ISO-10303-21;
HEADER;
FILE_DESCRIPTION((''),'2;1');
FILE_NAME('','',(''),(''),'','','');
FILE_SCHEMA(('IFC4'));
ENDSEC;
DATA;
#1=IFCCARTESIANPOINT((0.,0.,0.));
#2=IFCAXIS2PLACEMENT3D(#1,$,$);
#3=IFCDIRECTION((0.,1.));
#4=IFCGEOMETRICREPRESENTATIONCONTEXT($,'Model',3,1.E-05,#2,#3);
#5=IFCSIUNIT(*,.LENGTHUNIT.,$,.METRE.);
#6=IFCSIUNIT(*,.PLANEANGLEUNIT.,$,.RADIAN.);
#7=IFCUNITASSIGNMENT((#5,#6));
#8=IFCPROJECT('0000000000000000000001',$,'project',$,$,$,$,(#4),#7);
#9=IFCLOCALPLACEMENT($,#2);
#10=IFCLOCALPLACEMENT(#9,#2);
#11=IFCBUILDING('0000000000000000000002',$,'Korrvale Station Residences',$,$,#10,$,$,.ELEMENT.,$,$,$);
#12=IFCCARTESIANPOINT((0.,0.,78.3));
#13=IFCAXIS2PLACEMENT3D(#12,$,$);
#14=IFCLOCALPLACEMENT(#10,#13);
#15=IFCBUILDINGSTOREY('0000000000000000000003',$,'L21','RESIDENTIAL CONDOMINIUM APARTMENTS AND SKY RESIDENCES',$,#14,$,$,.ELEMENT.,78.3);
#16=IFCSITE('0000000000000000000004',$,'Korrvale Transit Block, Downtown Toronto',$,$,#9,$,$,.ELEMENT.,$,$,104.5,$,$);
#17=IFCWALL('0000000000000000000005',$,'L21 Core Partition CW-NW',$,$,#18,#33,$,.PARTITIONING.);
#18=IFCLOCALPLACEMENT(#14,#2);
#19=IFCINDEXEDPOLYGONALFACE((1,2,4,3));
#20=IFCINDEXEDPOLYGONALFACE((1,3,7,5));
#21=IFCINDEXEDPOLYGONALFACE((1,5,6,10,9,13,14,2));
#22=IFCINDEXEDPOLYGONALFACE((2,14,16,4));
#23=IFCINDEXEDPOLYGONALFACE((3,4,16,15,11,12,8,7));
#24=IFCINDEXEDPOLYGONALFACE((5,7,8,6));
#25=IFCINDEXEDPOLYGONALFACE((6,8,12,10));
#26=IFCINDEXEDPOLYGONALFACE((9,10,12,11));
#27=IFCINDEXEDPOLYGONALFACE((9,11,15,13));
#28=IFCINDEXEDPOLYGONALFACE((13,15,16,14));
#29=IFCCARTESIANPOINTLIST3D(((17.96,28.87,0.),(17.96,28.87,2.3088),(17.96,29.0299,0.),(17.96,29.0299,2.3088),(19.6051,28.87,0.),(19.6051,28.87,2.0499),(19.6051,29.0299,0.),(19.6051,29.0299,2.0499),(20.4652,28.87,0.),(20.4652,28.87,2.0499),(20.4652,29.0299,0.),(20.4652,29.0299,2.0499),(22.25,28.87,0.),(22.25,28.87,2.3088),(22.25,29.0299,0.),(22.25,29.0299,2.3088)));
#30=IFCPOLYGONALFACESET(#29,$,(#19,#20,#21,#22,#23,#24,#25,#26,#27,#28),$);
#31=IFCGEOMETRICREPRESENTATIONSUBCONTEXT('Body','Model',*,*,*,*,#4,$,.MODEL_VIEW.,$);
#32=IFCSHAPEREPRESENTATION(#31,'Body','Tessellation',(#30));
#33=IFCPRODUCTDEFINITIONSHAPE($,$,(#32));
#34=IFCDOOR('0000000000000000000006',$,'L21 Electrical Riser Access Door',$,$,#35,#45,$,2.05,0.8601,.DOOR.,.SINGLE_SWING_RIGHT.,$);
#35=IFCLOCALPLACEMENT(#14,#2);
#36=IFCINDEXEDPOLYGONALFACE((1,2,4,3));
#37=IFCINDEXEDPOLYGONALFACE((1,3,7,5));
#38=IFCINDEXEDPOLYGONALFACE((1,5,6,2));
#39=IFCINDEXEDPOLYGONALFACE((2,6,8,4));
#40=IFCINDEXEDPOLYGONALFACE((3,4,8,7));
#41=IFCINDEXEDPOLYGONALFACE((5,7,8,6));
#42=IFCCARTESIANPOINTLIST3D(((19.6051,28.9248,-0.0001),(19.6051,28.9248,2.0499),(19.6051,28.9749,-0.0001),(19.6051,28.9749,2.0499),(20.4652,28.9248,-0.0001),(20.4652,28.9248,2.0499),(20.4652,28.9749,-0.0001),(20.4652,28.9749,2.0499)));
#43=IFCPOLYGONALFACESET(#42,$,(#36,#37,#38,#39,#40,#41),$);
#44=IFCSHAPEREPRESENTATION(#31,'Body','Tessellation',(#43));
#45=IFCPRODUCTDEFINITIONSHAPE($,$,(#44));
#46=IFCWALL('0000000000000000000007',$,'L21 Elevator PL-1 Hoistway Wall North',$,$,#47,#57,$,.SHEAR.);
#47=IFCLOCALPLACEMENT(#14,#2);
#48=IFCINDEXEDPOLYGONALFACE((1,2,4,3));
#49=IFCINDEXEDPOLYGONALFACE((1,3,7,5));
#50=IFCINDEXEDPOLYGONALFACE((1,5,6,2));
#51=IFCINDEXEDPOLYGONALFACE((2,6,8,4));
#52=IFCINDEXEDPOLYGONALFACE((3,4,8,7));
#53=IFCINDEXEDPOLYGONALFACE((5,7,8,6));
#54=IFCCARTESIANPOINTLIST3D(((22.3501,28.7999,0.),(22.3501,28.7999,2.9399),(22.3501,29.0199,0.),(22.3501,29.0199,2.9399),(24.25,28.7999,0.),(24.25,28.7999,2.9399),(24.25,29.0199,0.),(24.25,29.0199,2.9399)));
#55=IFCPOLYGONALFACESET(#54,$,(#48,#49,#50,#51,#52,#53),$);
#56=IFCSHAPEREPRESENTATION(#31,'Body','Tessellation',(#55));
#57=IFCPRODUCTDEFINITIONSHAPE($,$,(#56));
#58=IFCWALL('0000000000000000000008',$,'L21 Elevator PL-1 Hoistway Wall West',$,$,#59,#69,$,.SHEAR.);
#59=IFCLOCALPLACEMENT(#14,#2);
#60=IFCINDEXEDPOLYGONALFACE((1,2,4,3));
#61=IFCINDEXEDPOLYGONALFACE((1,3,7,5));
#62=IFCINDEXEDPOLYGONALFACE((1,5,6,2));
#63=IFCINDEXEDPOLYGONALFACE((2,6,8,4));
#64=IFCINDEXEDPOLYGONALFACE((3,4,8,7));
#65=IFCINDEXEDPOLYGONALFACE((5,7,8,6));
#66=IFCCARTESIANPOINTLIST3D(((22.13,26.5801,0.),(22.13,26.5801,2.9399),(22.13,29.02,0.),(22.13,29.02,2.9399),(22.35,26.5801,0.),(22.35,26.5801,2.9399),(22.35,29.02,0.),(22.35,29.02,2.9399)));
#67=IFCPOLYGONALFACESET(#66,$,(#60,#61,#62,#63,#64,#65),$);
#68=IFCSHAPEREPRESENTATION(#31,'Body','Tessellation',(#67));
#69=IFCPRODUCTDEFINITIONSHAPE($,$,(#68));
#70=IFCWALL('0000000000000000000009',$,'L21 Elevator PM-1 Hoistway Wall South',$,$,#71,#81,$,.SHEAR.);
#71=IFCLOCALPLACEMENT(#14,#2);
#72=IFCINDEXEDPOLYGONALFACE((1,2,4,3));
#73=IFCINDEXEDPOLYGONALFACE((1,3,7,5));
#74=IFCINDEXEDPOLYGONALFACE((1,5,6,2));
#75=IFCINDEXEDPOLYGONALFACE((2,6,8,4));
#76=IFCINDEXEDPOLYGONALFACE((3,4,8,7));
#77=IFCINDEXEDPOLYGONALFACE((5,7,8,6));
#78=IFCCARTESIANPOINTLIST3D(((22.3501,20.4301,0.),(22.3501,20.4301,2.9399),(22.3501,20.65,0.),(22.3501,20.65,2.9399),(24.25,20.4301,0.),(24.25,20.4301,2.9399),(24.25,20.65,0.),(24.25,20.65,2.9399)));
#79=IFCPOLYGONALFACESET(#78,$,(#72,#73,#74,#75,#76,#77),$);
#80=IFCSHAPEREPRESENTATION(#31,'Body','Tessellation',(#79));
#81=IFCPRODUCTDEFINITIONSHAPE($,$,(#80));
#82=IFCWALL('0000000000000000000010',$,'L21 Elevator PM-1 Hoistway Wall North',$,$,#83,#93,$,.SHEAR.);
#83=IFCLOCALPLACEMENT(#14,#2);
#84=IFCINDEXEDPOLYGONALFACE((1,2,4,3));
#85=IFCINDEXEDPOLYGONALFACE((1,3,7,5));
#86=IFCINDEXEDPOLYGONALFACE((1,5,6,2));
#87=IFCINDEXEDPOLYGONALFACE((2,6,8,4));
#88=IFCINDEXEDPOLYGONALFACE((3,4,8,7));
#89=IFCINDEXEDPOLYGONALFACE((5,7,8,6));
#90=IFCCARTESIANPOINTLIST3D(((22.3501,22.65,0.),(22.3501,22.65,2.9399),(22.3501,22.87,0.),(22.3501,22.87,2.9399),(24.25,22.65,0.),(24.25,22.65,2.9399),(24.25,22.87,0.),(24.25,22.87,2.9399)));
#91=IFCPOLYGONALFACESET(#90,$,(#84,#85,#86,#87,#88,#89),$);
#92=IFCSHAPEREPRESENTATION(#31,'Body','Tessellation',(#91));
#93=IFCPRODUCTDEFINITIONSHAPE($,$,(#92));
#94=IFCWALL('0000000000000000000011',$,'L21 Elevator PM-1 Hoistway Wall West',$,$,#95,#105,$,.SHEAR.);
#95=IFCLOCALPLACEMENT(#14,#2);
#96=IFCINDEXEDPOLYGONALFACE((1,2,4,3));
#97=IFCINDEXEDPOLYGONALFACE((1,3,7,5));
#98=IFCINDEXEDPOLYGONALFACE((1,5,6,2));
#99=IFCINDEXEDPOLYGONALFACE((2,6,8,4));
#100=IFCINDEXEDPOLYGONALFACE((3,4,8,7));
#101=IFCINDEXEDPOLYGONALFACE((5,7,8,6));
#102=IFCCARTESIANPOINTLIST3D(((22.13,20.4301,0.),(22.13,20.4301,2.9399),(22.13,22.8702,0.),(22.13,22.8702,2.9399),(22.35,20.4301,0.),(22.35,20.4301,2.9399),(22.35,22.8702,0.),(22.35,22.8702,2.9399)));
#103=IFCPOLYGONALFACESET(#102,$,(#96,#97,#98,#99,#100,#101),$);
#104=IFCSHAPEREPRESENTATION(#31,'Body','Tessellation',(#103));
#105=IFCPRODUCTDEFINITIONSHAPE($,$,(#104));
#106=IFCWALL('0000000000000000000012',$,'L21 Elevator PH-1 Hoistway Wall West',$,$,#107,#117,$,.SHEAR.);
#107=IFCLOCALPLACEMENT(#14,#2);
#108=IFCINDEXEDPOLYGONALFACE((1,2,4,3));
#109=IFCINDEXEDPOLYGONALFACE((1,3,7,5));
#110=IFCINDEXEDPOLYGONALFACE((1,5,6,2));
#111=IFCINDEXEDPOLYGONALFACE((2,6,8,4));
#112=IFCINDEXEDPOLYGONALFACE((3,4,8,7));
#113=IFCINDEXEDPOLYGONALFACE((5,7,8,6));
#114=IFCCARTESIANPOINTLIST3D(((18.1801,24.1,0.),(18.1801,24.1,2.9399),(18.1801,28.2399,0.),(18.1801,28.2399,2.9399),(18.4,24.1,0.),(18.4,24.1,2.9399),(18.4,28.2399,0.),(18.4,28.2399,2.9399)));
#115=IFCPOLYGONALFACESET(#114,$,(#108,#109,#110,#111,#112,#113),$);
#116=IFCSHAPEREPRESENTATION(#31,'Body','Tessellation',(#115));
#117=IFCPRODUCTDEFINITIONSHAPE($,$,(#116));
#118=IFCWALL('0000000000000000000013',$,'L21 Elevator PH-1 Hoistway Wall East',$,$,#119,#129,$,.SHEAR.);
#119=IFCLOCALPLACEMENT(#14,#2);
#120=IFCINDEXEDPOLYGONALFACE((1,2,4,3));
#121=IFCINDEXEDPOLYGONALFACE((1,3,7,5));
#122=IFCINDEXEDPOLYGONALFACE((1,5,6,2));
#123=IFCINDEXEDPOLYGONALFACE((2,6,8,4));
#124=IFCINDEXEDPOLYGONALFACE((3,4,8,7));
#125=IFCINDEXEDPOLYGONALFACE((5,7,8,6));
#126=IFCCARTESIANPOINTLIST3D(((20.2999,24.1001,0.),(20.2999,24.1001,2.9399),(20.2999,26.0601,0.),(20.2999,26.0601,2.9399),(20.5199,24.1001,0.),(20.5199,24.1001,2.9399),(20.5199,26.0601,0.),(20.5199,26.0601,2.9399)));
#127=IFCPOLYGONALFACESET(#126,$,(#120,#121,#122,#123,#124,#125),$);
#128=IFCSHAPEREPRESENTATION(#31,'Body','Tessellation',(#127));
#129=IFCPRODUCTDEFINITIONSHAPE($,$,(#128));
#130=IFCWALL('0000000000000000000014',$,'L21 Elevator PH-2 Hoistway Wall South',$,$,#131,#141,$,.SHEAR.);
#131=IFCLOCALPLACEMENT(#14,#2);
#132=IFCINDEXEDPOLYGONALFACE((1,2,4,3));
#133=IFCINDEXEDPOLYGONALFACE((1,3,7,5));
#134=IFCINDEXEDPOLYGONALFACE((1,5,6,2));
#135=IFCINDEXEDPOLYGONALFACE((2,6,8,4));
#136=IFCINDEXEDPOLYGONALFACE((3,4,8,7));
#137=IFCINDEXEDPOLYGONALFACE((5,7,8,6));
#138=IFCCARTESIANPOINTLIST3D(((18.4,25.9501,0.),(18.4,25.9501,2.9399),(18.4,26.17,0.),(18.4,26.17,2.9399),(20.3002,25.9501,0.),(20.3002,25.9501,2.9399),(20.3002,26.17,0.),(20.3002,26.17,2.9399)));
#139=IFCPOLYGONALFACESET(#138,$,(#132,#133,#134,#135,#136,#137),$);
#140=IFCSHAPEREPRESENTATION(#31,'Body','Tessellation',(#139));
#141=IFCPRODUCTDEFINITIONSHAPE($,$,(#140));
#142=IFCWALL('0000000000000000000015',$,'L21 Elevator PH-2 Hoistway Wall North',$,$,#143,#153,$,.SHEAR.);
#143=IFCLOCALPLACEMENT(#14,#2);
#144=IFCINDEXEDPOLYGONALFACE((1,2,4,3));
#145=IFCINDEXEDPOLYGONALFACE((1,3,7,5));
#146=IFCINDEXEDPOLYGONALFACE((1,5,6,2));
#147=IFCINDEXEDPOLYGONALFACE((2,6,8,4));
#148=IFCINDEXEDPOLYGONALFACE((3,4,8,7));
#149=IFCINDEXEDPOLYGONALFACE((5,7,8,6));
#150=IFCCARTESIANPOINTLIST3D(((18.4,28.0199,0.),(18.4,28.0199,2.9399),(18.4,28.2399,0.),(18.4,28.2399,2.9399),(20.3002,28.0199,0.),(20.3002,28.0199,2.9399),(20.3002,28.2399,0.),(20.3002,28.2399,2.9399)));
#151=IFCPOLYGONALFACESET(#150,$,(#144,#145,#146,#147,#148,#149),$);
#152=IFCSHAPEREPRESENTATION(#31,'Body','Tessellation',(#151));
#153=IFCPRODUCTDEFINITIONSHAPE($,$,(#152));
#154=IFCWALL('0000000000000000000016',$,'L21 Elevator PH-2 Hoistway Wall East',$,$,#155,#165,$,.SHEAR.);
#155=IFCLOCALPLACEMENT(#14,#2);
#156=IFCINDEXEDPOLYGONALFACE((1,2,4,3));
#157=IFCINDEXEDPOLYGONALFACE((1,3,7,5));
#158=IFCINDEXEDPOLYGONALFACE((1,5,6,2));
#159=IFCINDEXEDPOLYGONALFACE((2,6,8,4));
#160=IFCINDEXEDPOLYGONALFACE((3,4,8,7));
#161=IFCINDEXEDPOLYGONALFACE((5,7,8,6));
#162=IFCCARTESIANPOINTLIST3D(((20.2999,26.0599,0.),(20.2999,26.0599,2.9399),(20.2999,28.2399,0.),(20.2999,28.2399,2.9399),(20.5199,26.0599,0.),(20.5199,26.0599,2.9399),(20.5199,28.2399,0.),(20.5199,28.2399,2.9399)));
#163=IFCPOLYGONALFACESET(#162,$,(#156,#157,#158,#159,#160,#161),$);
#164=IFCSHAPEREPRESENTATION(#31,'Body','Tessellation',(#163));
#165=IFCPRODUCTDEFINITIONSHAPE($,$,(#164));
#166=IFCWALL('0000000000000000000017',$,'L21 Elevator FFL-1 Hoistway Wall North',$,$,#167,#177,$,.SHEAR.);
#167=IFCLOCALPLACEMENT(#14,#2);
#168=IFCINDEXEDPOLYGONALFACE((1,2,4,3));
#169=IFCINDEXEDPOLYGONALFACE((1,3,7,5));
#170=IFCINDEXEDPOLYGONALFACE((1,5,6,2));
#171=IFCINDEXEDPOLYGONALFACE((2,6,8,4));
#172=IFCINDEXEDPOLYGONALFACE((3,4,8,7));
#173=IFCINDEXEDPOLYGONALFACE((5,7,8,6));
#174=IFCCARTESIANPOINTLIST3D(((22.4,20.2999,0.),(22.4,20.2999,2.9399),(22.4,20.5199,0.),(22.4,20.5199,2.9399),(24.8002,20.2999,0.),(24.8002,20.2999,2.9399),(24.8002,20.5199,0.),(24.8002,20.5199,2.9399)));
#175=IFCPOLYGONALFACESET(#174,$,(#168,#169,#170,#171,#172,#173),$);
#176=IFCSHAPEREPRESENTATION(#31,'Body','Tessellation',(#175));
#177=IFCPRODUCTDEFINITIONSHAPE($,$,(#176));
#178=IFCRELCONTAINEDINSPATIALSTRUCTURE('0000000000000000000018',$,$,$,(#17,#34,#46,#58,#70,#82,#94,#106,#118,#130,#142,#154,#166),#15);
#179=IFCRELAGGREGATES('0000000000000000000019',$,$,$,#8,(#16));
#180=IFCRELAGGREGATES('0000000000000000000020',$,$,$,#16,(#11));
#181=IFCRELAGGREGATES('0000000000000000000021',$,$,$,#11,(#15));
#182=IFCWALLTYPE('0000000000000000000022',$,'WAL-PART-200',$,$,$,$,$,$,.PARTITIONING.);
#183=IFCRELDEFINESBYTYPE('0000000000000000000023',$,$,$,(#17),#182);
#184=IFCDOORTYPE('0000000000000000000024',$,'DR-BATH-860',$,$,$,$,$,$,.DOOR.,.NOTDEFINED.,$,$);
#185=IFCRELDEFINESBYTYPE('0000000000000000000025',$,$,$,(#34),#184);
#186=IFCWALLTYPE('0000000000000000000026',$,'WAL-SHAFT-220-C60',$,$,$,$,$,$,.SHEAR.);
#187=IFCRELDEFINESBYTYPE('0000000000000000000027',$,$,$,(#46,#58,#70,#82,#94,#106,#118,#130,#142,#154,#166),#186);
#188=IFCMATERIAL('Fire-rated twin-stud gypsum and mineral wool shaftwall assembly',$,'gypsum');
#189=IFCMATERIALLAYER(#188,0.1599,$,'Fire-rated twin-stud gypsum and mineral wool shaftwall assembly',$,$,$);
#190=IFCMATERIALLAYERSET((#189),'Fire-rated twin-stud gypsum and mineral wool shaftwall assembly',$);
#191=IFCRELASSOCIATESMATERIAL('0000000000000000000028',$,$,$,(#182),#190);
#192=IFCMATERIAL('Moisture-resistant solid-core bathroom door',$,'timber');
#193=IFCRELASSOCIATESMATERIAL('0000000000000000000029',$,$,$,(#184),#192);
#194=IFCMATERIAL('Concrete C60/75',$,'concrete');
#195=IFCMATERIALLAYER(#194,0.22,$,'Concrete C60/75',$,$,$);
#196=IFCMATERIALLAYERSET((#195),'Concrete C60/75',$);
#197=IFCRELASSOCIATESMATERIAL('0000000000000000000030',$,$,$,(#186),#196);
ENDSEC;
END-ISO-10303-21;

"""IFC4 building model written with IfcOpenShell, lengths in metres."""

from ifc_helpers import new_model, si_unit, direction, frame, frame_2d, origin, place, context, subcontext, project, spatial, rectangle, extrude, material, layer, layer_set, type_object, element, fill, save


model = new_model("IFC4")

# Units and contexts
model_context = context("Model", 3, precision=1e-05, world=origin(), true_north=direction((0.0, 1.0)))
body_context = subcontext(model_context, "Body", "Model", "MODEL_VIEW")
ifc_project = project(units=[si_unit("LENGTHUNIT", "METRE"), si_unit("PLANEANGLEUNIT", "RADIAN")], contexts=[model_context])

# Site, building, storey
site_placement = place(None, origin())
site = spatial("IfcSite", under=ifc_project, at=site_placement, Name="Korrvale Transit Block, Downtown Toronto", CompositionType="ELEMENT", RefElevation=104.5)
building_placement = place(site_placement, origin())
building = spatial("IfcBuilding", under=site, at=building_placement, Name="Korrvale Station Residences", CompositionType="ELEMENT")
storey_placement = place(building_placement, frame((0.0, 0.0, 78.3)))
storey = spatial("IfcBuildingStorey", under=building, at=storey_placement, Name="L21", Description="RESIDENTIAL CONDOMINIUM APARTMENTS AND SKY RESIDENCES", CompositionType="ELEMENT", Elevation=78.3)

# Shared definitions
ifc_material_1 = material(Name="Concrete C60/75", Category="concrete")

# Shared definitions
ifc_material_2 = material(Name="Fire-rated twin-stud gypsum and mineral wool shaftwall assembly", Category="gypsum")
ifc_layer_1 = layer(ifc_material_2, 0.1599, Name="Fire-rated twin-stud gypsum and mineral wool shaftwall assembly")
ifc_layer_set_1 = layer_set([ifc_layer_1], Name="Fire-rated twin-stud gypsum and mineral wool shaftwall assembly")
wall_type_1 = type_object("IfcWallType", Name="WAL-PART-200", PredefinedType="PARTITIONING", material=ifc_layer_set_1)

# Wall, opening, door
wall_1_placement = place(storey_placement, frame((17.96, 28.95, 0.0), z_axis=(0.0, 0.0, 1.0), x_axis=(1.0, 0.0, 0.0)))
wall_1 = element("IfcWall", 1, at=wall_1_placement, inside=storey, type_object=wall_type_1, Name="L21 Core Partition CW-NW", PredefinedType="PARTITIONING", context=body_context, shape_type="SweptSolid", body=[
    extrude(rectangle(XDim=4.29, YDim=0.1599, at=frame_2d((2.145, 0.0))), origin(), (0.0, 0.0, 1.0), 2.3088),
])
opening_1_placement = place(wall_1_placement, frame((1.645, 0.0, 0.0)))
opening_1 = element("IfcOpeningElement", 2, at=opening_1_placement, cuts=wall_1, PredefinedType="OPENING", context=body_context, shape_type="SweptSolid", body=[
    extrude(rectangle(XDim=0.8601, YDim=2.05, at=frame_2d((0.4302, 1.0249))), frame((0.0, 0.0898, 0.0), z_axis=(0.0, -1.0, 0.0), x_axis=(1.0, 0.0, 0.0)), (0.0, 0.0, 1.0), 0.1799),
])
ifc_material_3 = material(Name="Moisture-resistant solid-core bathroom door", Category="timber")
door_type_1 = type_object("IfcDoorType", Name="DR-BATH-860", OperationType="NOTDEFINED", PredefinedType="DOOR", material=ifc_material_3)
door_1_placement = place(opening_1_placement, origin())
door_1 = element("IfcDoor", 3, at=door_1_placement, inside=storey, type_object=door_type_1, Name="L21 Electrical Riser Access Door", OperationType="SINGLE_SWING_RIGHT", OverallHeight=2.05, OverallWidth=0.8601, PredefinedType="DOOR", context=body_context, shape_type="SweptSolid", body=[
    extrude(rectangle(XDim=0.8601, YDim=2.05, at=frame_2d((0.4302, 1.0249))), frame((0.0, 0.0249, 0.0), z_axis=(0.0, -1.0, 0.0), x_axis=(1.0, 0.0, 0.0)), (0.0, 0.0, 1.0), 0.05),
])
fill(opening_1, door_1)
ifc_layer_2 = layer(ifc_material_1, 0.22, Name="Concrete C60/75")
ifc_layer_set_2 = layer_set([ifc_layer_2], Name="Concrete C60/75")
wall_type_2 = type_object("IfcWallType", Name="WAL-SHAFT-220-C60", PredefinedType="SHEAR", material=ifc_layer_set_2)

# Walls
wall_2_placement = place(storey_placement, frame((22.3501, 28.9099, 0.0), z_axis=(0.0, 0.0, 1.0), x_axis=(1.0, 0.0, 0.0)))
element("IfcWall", 4, at=wall_2_placement, inside=storey, type_object=wall_type_2, Name="L21 Elevator PL-1 Hoistway Wall North", PredefinedType="SHEAR", context=body_context, shape_type="SweptSolid", body=[
    extrude(rectangle(XDim=1.8999, YDim=0.22, at=frame_2d((0.95, 0.0))), origin(), (0.0, 0.0, 1.0), 2.9399),
])
wall_3_placement = place(storey_placement, frame((22.24, 26.5801, 0.0), z_axis=(0.0, 0.0, 1.0), x_axis=(0.0, 1.0, 0.0)))
element("IfcWall", 5, at=wall_3_placement, inside=storey, type_object=wall_type_2, Name="L21 Elevator PL-1 Hoistway Wall West", PredefinedType="SHEAR", context=body_context, shape_type="SweptSolid", body=[
    extrude(rectangle(XDim=2.4399, YDim=0.22, at=frame_2d((1.22, 0.0))), origin(), (0.0, 0.0, 1.0), 2.9399),
])
for number, where, z_axis, x_axis, name in (
    (6, (22.3501, 20.54, 0.0), (0.0, 0.0, 1.0), (1.0, 0.0, 0.0), "L21 Elevator PM-1 Hoistway Wall South"),
    (7, (22.3501, 22.76, 0.0), (0.0, 0.0, 1.0), (1.0, 0.0, 0.0), "L21 Elevator PM-1 Hoistway Wall North"),
):
    element("IfcWall", number, at=place(storey_placement, frame(where, z_axis=z_axis, x_axis=x_axis)), inside=storey, type_object=wall_type_2, Name=name, PredefinedType="SHEAR", context=body_context, shape_type="SweptSolid", body=[
        extrude(rectangle(XDim=1.8999, YDim=0.22, at=frame_2d((0.95, 0.0))), origin(), (0.0, 0.0, 1.0), 2.9399),
    ])
wall_4_placement = place(storey_placement, frame((22.24, 20.4299, 0.0), z_axis=(0.0, 0.0, 1.0), x_axis=(0.0, 1.0, 0.0)))
element("IfcWall", 8, at=wall_4_placement, inside=storey, type_object=wall_type_2, Name="L21 Elevator PM-1 Hoistway Wall West", PredefinedType="SHEAR", context=body_context, shape_type="SweptSolid", body=[
    extrude(rectangle(XDim=2.4402, YDim=0.22, at=frame_2d((1.2202, 0.0))), origin(), (0.0, 0.0, 1.0), 2.9399),
])
wall_5_placement = place(storey_placement, frame((18.29, 24.1001, 0.0), z_axis=(0.0, 0.0, 1.0), x_axis=(0.0, 1.0, 0.0)))
element("IfcWall", 9, at=wall_5_placement, inside=storey, type_object=wall_type_2, Name="L21 Elevator PH-1 Hoistway Wall West", PredefinedType="SHEAR", context=body_context, shape_type="SweptSolid", body=[
    extrude(rectangle(XDim=4.1399, YDim=0.22, at=frame_2d((2.0698, 0.0))), origin(), (0.0, 0.0, 1.0), 2.9399),
])
wall_6_placement = place(storey_placement, frame((20.4099, 24.1001, 0.0), z_axis=(0.0, 0.0, 1.0), x_axis=(0.0, 1.0, 0.0)))
element("IfcWall", 10, at=wall_6_placement, inside=storey, type_object=wall_type_2, Name="L21 Elevator PH-1 Hoistway Wall East", PredefinedType="SHEAR", context=body_context, shape_type="SweptSolid", body=[
    extrude(rectangle(XDim=1.96, YDim=0.22, at=frame_2d((0.98, 0.0))), origin(), (0.0, 0.0, 1.0), 2.9399),
])
for number, where, z_axis, x_axis, name in (
    (11, (18.3999, 26.0601, 0.0), (0.0, 0.0, 1.0), (1.0, 0.0, 0.0), "L21 Elevator PH-2 Hoistway Wall South"),
    (12, (18.3999, 28.1299, 0.0), (0.0, 0.0, 1.0), (1.0, 0.0, 0.0), "L21 Elevator PH-2 Hoistway Wall North"),
):
    element("IfcWall", number, at=place(storey_placement, frame(where, z_axis=z_axis, x_axis=x_axis)), inside=storey, type_object=wall_type_2, Name=name, PredefinedType="SHEAR", context=body_context, shape_type="SweptSolid", body=[
        extrude(rectangle(XDim=1.9001, YDim=0.22, at=frame_2d((0.9502, 0.0))), origin(), (0.0, 0.0, 1.0), 2.9399),
    ])
wall_7_placement = place(storey_placement, frame((20.4099, 26.0601, 0.0), z_axis=(0.0, 0.0, 1.0), x_axis=(0.0, 1.0, 0.0)))
element("IfcWall", 13, at=wall_7_placement, inside=storey, type_object=wall_type_2, Name="L21 Elevator PH-2 Hoistway Wall East", PredefinedType="SHEAR", context=body_context, shape_type="SweptSolid", body=[
    extrude(rectangle(XDim=2.1799, YDim=0.22, at=frame_2d((1.0898, 0.0))), origin(), (0.0, 0.0, 1.0), 2.9399),
])
wall_8_placement = place(storey_placement, frame((22.3999, 20.4099, 0.0), z_axis=(0.0, 0.0, 1.0), x_axis=(1.0, 0.0, 0.0)))
element("IfcWall", 14, at=wall_8_placement, inside=storey, type_object=wall_type_2, Name="L21 Elevator FFL-1 Hoistway Wall North", PredefinedType="SHEAR", context=body_context, shape_type="SweptSolid", body=[
    extrude(rectangle(XDim=2.4001, YDim=0.22, at=frame_2d((1.2002, 0.0))), origin(), (0.0, 0.0, 1.0), 2.9399),
])

save(model, "model.ifc")
